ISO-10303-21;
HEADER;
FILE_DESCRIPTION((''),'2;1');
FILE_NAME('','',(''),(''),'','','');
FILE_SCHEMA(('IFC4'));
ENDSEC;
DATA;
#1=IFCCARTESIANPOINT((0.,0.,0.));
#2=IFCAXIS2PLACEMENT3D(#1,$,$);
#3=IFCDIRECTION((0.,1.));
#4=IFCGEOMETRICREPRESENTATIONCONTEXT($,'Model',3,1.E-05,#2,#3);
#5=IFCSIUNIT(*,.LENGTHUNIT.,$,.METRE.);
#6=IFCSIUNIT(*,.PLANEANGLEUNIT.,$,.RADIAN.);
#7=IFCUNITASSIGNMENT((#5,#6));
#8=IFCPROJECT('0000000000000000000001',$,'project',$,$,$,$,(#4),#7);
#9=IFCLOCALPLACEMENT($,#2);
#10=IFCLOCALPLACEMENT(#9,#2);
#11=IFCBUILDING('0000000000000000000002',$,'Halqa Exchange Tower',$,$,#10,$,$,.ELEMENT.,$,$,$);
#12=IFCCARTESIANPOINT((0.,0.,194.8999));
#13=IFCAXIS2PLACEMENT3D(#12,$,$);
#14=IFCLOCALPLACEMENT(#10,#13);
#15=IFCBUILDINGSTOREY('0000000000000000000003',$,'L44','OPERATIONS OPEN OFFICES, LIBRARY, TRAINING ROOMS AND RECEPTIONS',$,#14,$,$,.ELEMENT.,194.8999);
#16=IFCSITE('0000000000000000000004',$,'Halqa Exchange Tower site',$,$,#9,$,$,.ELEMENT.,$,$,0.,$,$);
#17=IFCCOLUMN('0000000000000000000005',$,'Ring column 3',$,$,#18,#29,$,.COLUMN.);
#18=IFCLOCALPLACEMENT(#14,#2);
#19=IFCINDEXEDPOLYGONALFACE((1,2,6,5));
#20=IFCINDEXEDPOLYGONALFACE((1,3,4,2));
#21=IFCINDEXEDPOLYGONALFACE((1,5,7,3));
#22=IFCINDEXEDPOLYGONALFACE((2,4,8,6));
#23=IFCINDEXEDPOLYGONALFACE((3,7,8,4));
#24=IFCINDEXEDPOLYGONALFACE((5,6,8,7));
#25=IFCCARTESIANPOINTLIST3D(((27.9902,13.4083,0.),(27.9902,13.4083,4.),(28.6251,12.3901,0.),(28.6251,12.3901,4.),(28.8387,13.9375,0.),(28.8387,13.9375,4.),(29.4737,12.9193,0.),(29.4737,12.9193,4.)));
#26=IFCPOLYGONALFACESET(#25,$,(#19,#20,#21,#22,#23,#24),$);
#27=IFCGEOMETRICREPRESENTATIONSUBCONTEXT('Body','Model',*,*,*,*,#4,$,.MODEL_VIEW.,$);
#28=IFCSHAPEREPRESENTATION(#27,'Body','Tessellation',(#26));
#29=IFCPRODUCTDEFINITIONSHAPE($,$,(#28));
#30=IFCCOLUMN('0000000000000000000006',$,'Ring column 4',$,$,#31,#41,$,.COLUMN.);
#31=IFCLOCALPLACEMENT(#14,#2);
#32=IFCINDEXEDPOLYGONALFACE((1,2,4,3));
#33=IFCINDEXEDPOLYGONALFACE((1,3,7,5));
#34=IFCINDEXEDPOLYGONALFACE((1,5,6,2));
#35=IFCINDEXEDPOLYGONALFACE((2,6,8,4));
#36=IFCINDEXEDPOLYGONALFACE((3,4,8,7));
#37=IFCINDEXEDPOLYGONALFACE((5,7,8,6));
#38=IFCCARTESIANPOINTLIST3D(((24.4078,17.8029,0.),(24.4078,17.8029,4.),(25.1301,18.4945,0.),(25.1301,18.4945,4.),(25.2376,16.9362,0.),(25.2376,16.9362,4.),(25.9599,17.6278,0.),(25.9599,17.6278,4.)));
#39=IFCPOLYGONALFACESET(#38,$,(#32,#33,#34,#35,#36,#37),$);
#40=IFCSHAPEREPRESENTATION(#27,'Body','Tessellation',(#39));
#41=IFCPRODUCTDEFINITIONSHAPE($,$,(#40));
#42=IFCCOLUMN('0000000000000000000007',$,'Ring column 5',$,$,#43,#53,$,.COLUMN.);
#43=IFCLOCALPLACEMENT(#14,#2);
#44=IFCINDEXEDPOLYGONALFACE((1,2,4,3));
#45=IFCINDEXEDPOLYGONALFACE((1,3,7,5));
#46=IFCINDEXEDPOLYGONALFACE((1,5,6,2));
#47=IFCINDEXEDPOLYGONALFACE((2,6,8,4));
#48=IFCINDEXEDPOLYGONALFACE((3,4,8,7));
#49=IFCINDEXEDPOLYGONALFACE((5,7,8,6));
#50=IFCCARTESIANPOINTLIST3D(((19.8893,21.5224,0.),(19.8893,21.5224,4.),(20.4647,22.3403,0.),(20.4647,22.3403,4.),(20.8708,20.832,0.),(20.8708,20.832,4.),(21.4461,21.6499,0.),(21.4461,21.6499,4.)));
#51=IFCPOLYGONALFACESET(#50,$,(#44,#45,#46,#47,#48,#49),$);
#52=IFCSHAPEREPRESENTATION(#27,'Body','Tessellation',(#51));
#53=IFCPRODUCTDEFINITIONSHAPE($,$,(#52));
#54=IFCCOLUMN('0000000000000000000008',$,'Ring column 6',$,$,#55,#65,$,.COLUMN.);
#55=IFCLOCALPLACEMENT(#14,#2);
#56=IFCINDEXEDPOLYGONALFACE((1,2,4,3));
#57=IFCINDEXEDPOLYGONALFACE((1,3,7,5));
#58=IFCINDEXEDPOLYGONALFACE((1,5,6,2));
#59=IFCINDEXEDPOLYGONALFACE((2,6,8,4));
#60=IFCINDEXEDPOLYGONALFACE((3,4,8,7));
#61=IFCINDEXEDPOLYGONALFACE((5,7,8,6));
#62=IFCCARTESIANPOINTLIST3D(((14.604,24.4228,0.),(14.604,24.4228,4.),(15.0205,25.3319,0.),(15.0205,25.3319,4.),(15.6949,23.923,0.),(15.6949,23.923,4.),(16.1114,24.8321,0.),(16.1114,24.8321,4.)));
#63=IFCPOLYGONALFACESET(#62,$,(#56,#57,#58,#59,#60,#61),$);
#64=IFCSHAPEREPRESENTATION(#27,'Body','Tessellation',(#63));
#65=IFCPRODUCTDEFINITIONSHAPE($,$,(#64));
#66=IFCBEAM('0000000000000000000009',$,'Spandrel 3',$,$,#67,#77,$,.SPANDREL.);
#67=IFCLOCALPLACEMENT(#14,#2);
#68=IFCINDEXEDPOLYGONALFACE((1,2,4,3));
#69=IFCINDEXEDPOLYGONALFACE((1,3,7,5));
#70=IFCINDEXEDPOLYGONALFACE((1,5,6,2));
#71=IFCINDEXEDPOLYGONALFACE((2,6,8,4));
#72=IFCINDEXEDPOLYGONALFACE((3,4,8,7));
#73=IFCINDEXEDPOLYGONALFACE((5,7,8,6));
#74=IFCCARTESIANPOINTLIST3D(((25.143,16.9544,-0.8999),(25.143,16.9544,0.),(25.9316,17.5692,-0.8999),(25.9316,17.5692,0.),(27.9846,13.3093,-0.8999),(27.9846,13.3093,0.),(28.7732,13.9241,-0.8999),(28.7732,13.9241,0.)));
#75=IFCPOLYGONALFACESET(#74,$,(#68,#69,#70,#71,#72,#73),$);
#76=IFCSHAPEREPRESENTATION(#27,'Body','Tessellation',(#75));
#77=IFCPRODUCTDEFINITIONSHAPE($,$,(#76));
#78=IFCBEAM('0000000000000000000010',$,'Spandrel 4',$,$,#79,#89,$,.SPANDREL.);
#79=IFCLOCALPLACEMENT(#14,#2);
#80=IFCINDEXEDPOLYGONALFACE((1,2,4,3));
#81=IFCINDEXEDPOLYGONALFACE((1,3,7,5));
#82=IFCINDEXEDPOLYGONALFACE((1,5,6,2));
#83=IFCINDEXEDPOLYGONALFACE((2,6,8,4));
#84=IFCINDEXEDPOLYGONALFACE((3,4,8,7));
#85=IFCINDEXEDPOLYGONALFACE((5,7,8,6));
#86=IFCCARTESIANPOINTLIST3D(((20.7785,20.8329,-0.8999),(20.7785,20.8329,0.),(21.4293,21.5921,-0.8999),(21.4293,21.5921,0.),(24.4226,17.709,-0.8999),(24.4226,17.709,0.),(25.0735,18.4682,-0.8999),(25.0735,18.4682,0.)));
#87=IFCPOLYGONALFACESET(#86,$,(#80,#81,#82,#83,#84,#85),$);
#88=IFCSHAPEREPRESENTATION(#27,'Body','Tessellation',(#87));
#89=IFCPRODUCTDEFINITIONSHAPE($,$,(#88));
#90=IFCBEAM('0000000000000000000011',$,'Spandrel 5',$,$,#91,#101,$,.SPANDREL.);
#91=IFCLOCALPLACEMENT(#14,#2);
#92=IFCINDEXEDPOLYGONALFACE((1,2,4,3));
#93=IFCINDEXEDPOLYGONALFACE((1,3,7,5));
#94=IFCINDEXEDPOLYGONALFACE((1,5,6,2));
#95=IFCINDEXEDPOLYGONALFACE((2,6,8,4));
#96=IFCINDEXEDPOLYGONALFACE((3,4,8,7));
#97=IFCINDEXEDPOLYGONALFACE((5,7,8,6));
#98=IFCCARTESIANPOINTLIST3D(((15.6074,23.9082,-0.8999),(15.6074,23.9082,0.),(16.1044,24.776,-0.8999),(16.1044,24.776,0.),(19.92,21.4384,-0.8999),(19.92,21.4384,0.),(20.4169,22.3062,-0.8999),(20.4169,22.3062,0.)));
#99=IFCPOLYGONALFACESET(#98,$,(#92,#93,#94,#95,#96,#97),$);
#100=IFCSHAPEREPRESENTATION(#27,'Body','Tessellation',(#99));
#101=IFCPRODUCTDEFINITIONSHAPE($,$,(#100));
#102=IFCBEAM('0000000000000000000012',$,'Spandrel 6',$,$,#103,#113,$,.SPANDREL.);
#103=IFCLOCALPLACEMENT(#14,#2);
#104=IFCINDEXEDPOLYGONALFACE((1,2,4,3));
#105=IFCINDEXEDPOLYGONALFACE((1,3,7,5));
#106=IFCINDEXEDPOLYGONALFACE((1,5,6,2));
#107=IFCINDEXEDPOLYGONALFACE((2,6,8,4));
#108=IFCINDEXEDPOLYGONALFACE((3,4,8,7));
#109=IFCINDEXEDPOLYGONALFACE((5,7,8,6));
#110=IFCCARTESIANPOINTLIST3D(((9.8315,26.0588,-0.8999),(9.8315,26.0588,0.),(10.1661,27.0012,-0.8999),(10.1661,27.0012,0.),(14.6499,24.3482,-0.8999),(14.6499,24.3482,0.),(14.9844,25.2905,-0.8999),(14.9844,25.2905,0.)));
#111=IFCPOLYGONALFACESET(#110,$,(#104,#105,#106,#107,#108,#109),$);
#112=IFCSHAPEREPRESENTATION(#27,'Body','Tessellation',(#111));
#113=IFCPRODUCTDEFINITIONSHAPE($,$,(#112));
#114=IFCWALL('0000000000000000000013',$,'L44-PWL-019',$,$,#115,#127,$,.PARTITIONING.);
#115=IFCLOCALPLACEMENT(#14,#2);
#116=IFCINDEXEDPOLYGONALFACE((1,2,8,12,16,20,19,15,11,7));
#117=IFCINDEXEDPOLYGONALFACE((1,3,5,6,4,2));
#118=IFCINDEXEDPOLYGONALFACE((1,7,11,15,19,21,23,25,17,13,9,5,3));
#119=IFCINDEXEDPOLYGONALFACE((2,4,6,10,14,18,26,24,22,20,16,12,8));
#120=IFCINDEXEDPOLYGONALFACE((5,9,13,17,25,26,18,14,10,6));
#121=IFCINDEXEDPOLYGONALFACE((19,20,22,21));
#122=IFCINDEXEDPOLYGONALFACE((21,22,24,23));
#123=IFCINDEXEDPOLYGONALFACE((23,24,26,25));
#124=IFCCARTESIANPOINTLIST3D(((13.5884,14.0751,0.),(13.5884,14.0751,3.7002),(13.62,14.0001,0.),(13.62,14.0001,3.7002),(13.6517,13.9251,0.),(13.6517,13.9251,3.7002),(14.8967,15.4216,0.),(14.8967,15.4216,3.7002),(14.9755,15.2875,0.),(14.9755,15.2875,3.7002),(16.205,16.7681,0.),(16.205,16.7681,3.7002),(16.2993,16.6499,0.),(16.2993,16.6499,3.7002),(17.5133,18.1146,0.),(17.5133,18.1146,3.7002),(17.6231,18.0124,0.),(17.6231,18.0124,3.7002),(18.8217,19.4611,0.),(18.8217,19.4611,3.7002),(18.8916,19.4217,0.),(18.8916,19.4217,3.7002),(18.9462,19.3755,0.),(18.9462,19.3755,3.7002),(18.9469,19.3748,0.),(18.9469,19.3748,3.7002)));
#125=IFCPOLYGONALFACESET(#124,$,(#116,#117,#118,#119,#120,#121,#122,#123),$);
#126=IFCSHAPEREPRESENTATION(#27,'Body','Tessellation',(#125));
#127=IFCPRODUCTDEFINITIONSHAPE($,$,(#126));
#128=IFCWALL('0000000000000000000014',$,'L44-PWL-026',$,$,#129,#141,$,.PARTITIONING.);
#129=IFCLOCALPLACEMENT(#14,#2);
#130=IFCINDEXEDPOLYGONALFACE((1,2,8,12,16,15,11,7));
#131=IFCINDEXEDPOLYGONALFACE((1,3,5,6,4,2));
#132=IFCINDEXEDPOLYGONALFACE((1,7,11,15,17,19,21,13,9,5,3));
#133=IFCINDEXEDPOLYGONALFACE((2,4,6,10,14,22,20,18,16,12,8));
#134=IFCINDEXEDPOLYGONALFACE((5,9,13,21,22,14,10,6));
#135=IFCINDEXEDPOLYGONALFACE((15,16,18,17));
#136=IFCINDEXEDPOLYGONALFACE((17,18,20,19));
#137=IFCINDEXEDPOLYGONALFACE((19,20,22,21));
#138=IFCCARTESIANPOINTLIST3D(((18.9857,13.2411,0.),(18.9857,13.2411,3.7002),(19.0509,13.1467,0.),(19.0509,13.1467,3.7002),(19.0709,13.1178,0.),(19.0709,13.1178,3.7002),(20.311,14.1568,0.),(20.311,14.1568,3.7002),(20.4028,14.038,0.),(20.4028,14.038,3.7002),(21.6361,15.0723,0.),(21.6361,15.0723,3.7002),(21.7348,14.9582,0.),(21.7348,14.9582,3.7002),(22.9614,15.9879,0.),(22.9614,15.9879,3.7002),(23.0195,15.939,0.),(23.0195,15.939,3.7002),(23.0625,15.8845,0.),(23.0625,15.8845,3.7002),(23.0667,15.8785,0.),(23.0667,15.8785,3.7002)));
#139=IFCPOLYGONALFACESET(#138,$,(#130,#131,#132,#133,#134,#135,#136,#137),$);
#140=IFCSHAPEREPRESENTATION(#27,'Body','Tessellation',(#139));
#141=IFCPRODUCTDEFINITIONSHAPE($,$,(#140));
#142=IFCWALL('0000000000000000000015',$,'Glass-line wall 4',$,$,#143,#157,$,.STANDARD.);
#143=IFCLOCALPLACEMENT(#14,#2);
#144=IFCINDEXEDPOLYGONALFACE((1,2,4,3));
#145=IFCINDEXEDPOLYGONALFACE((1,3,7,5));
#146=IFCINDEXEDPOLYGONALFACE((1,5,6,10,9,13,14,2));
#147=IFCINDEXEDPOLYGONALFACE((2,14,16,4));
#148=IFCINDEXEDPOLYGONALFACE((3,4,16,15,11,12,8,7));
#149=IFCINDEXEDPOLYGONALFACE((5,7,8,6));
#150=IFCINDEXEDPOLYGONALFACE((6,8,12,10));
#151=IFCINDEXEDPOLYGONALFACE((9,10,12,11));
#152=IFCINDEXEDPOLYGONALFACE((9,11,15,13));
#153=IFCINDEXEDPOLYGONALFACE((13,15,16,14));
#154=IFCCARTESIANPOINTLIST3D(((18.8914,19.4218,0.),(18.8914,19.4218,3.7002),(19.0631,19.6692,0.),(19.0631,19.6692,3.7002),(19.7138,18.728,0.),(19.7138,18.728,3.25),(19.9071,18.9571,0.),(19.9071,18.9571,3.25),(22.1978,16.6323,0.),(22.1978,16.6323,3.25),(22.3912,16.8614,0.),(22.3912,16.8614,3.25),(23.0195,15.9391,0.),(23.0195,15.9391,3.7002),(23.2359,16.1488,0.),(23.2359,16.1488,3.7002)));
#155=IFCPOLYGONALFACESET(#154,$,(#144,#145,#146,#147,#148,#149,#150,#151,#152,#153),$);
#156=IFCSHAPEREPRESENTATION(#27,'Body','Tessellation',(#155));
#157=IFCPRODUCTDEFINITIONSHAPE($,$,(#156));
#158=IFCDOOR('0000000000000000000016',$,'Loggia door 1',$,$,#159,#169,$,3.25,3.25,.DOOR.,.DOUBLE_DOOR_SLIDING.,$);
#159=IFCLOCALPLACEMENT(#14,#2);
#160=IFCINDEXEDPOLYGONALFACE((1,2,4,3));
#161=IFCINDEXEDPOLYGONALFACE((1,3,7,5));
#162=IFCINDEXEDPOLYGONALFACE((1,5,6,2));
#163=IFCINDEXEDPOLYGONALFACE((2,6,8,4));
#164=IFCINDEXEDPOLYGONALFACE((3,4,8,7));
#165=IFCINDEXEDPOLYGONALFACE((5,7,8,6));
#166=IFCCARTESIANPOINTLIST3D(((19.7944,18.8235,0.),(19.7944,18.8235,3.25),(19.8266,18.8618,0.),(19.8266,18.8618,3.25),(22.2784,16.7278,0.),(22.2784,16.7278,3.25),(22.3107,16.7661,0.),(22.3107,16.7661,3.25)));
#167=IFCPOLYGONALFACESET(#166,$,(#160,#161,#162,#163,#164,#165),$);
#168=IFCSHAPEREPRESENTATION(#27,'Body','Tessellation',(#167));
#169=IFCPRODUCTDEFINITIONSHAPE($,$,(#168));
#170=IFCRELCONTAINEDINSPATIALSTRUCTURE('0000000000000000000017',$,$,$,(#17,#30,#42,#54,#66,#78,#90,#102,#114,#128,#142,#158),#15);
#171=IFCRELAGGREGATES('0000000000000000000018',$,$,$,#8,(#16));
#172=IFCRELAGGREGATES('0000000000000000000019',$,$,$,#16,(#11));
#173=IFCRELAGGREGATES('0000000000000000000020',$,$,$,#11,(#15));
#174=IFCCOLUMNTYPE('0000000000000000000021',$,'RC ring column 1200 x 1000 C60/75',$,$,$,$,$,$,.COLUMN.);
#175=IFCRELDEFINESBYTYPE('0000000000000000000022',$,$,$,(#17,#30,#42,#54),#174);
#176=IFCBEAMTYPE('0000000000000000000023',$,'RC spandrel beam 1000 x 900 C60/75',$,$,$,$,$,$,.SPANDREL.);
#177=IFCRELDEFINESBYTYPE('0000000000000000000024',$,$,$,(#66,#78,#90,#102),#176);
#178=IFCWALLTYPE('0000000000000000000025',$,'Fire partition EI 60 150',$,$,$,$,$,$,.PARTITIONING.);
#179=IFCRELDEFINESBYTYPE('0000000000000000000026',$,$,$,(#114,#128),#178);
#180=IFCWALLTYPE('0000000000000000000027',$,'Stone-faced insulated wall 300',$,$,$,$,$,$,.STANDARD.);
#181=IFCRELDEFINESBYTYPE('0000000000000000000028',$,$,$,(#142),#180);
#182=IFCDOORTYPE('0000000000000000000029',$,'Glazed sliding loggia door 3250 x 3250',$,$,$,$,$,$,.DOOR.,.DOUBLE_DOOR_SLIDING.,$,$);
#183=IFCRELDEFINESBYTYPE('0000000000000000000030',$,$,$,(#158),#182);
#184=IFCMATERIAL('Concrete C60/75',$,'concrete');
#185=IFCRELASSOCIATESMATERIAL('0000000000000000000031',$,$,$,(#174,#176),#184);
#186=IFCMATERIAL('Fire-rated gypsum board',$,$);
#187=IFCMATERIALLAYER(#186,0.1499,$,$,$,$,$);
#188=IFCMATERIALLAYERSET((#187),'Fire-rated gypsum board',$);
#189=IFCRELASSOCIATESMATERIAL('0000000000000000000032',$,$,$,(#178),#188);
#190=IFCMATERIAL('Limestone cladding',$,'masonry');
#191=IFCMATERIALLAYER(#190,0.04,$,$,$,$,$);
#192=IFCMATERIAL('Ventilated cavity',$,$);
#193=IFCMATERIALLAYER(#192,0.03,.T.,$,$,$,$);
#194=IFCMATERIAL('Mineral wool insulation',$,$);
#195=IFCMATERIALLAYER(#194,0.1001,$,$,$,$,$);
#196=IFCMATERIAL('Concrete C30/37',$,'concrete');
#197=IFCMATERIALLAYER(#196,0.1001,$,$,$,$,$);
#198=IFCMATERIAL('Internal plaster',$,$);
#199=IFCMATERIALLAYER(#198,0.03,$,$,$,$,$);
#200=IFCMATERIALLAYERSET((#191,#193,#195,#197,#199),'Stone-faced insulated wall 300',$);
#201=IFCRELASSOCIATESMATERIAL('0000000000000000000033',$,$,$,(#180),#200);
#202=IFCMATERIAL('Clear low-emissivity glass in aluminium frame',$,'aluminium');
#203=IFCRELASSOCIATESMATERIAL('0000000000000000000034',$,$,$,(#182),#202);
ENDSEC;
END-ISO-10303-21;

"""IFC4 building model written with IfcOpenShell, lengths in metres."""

from ifc_helpers import new_model, si_unit, direction, frame, frame_2d, origin, origin_2d, place, context, subcontext, project, spatial, polyline, rectangle, outline, extrude, material, layer, layer_set, material_profile, profile_set, type_object, element, fill, save


model = new_model("IFC4")

# Units and contexts
model_context = context("Model", 3, precision=1e-05, world=origin(), true_north=direction((0.0, 1.0)))
body_context = subcontext(model_context, "Body", "Model", "MODEL_VIEW")
ifc_project = project(units=[si_unit("LENGTHUNIT", "METRE"), si_unit("PLANEANGLEUNIT", "RADIAN")], contexts=[model_context])

# Site, building, storey
site_placement = place(None, origin())
site = spatial("IfcSite", under=ifc_project, at=site_placement, Name="Halqa Exchange Tower site", CompositionType="ELEMENT", RefElevation=0.0)
building_placement = place(site_placement, origin())
building = spatial("IfcBuilding", under=site, at=building_placement, Name="Halqa Exchange Tower", CompositionType="ELEMENT")
storey_placement = place(building_placement, frame((0.0, 0.0, 194.8999)))
storey = spatial("IfcBuildingStorey", under=building, at=storey_placement, Name="L44", Description="OPERATIONS OPEN OFFICES, LIBRARY, TRAINING ROOMS AND RECEPTIONS", CompositionType="ELEMENT", Elevation=194.8999)

# Columns
ifc_material_1 = material(Name="Concrete C60/75", Category="concrete")
ifc_material_profile_1 = material_profile(ifc_material_1, rectangle(XDim=1.2, YDim=1.0, at=origin_2d()), Name="1200 x 1000")
ifc_profile_set_1 = profile_set([ifc_material_profile_1], Name="Concrete C60/75")
column_type = type_object("IfcColumnType", Name="RC ring column 1200 x 1000 C60/75", PredefinedType="COLUMN", material=ifc_profile_set_1)
for number, where, z_axis, x_axis, name in (
    (1, (28.7319, 13.1638, 0.0), (0.0, 0.0, 1.0), (-0.529145, 0.848531, 0.0), "Ring column 3"),
    (2, (25.1838, 17.7153, 0.0), (0.0, 0.0, 1.0), (-0.691576, 0.722304, 0.0), "Ring column 4"),
    (3, (20.6677, 21.5862, 0.0), (0.0, 0.0, 1.0), (-0.817906, 0.575352, 0.0), "Ring column 5"),
    (4, (15.3577, 24.6274, 0.0), (0.0, 0.0, 1.0), (-0.909126, 0.416522, 0.0), "Ring column 6"),
):
    element("IfcColumn", number, at=place(storey_placement, frame(where, z_axis=z_axis, x_axis=x_axis)), inside=storey, type_object=column_type, Name=name, PredefinedType="COLUMN", context=body_context, shape_type="SweptSolid", body=[
        extrude(rectangle(XDim=1.2, YDim=1.0, at=origin_2d()), origin(), (0.0, 0.0, 1.0), 4.0),
    ])

# Beams
ifc_material_profile_2 = material_profile(ifc_material_1, rectangle(XDim=1.0, YDim=0.8999, at=origin_2d()), Name="1000 x 900")
ifc_profile_set_2 = profile_set([ifc_material_profile_2], Name="Concrete C60/75")
beam_type = type_object("IfcBeamType", Name="RC spandrel beam 1000 x 900 C60/75", PredefinedType="SPANDREL", material=ifc_profile_set_2)
beam_1_placement = place(storey_placement, frame((28.3789, 13.6167, -0.45), z_axis=(-0.614822, 0.788666, 0.0), x_axis=(-0.788666, -0.614822, 0.0)))
element("IfcBeam", 5, at=beam_1_placement, inside=storey, type_object=beam_type, Name="Spandrel 3", PredefinedType="SPANDREL", context=body_context, shape_type="SweptSolid", body=[
    extrude(rectangle(XDim=1.0, YDim=0.8999, at=origin_2d()), origin(), (0.0, 0.0, 1.0), 4.6218),
])
beam_2_placement = place(storey_placement, frame((24.748, 18.0886, -0.45), z_axis=(-0.759224, 0.650829, 0.0), x_axis=(-0.650829, -0.759224, 0.0)))
element("IfcBeam", 6, at=beam_2_placement, inside=storey, type_object=beam_type, Name="Spandrel 4", PredefinedType="SPANDREL", context=body_context, shape_type="SweptSolid", body=[
    extrude(rectangle(XDim=1.0, YDim=0.8999, at=origin_2d()), origin(), (0.0, 0.0, 1.0), 4.7998),
])
beam_3_placement = place(storey_placement, frame((20.1685, 21.8723, -0.45), z_axis=(-0.867771, 0.496964, 0.0), x_axis=(-0.496964, -0.867771, 0.0)))
element("IfcBeam", 7, at=beam_3_placement, inside=storey, type_object=beam_type, Name="Spandrel 5", PredefinedType="SPANDREL", context=body_context, shape_type="SweptSolid", body=[
    extrude(rectangle(XDim=1.0, YDim=0.8999, at=origin_2d()), origin(), (0.0, 0.0, 1.0), 4.9697),
])
beam_4_placement = place(storey_placement, frame((14.8171, 24.8193, -0.45), z_axis=(-0.942369, 0.334575, 0.0), x_axis=(-0.334575, -0.942369, 0.0)))
element("IfcBeam", 8, at=beam_4_placement, inside=storey, type_object=beam_type, Name="Spandrel 6", PredefinedType="SPANDREL", context=body_context, shape_type="SweptSolid", body=[
    extrude(rectangle(XDim=1.0, YDim=0.8999, at=origin_2d()), origin(), (0.0, 0.0, 1.0), 5.113),
])

# Walls
ifc_material_2 = material(Name="Fire-rated gypsum board")
ifc_layer_1 = layer(ifc_material_2, 0.1499)
ifc_layer_set_1 = layer_set([ifc_layer_1], Name="Fire-rated gypsum board")
wall_type_1 = type_object("IfcWallType", Name="Fire partition EI 60 150", PredefinedType="PARTITIONING", material=ifc_layer_set_1)
wall_1_placement = place(storey_placement, frame((13.5979, 13.9773, 0.0), z_axis=(0.0, 0.0, 1.0), x_axis=(0.696865, 0.717203, 0.0)))
element("IfcWall", 9, at=wall_1_placement, inside=storey, type_object=wall_type_1, Name="L44-PWL-019", PredefinedType="PARTITIONING", context=body_context, shape_type="SweptSolid", body=[
    extrude(outline(polyline([(7.5986, -0.075), (7.5986, -0.074), (7.5938, -0.0027), (7.5732, 0.075), (5.6958, 0.075), (3.8184, 0.075), (1.9409, 0.075), (0.0635, 0.075), (0.0317, 0.0), (0.0, -0.075), (1.8997, -0.075), (3.7993, -0.075), (5.699, -0.075), (7.5986, -0.075)])), origin(), (0.0, 0.0, 1.0), 3.7002),
])
wall_2_placement = place(storey_placement, frame((19.0283, 13.1794, 0.0), z_axis=(0.0, 0.0, 1.0), x_axis=(0.822733, 0.568428, 0.0)))
element("IfcWall", 10, at=wall_2_placement, inside=storey, type_object=wall_type_1, Name="L44-PWL-026", PredefinedType="PARTITIONING", context=body_context, shape_type="SweptSolid", body=[
    extrude(outline(polyline([(4.8567, -0.075), (4.8567, -0.0676), (4.8523, 0.0017), (4.8323, 0.075), (3.2214, 0.075), (1.6108, 0.075), (0.0, 0.075), (0.0, -0.0398), (0.0, -0.075), (1.6189, -0.075), (3.2378, -0.075), (4.8567, -0.075)])), origin(), (0.0, 0.0, 1.0), 3.7002),
])

# Wall, opening, door
ifc_material_3 = material(Name="Limestone cladding", Category="masonry")
ifc_layer_2 = layer(ifc_material_3, 0.04)
ifc_material_4 = material(Name="Ventilated cavity")
ifc_layer_3 = layer(ifc_material_4, 0.03, ventilated=True)
ifc_material_5 = material(Name="Mineral wool insulation")
ifc_layer_4 = layer(ifc_material_5, 0.1001)
ifc_material_6 = material(Name="Concrete C30/37", Category="concrete")
ifc_layer_5 = layer(ifc_material_6, 0.1001)
ifc_material_7 = material(Name="Internal plaster")
ifc_layer_6 = layer(ifc_material_7, 0.03)
ifc_layer_set_2 = layer_set([ifc_layer_2, ifc_layer_3, ifc_layer_4, ifc_layer_5, ifc_layer_6], Name="Stone-faced insulated wall 300")
wall_type_2 = type_object("IfcWallType", Name="Stone-faced insulated wall 300", PredefinedType="STANDARD", material=ifc_layer_set_2)
wall_3_placement = place(storey_placement, frame((23.1277, 16.0439, 0.0), z_axis=(0.0, 0.0, 1.0), x_axis=(-0.76433, 0.644825, 0.0)))
wall_3 = element("IfcWall", 11, at=wall_3_placement, inside=storey, type_object=wall_type_2, Name="Glass-line wall 4", PredefinedType="STANDARD", context=body_context, shape_type="SweptSolid", body=[
    extrude(outline(polyline([(-0.0151, -0.1499), (5.4443, -0.1499), (5.416, 0.1499), (0.0151, 0.1499), (-0.0151, -0.1499)])), origin(), (0.0, 0.0, 1.0), 3.7002),
])
opening_1_placement = place(wall_3_placement, frame((1.0901, 0.0, 0.0)))
opening_1 = element("IfcOpeningElement", 12, at=opening_1_placement, cuts=wall_3, PredefinedType="OPENING", context=body_context, shape_type="SweptSolid", body=[
    extrude(rectangle(XDim=3.25, YDim=3.25, at=frame_2d((1.625, 1.625))), frame((0.0, 0.1621, 0.0), z_axis=(0.0, -1.0, 0.0), x_axis=(1.0, 0.0, 0.0)), (0.0, 0.0, 1.0), 0.324),
])
ifc_material_8 = material(Name="Clear low-emissivity glass in aluminium frame", Category="aluminium")
door_type = type_object("IfcDoorType", Name="Glazed sliding loggia door 3250 x 3250", OperationType="DOUBLE_DOOR_SLIDING", PredefinedType="DOOR", material=ifc_material_8)
door_placement = place(opening_1_placement, origin())
door = element("IfcDoor", 13, at=door_placement, inside=storey, type_object=door_type, Name="Loggia door 1", OperationType="DOUBLE_DOOR_SLIDING", OverallHeight=3.25, OverallWidth=3.25, PredefinedType="DOOR", context=body_context, shape_type="SweptSolid", body=[
    extrude(rectangle(XDim=3.25, YDim=3.25, at=frame_2d((1.625, 1.625))), frame((0.0, 0.0249, 0.0), z_axis=(0.0, -1.0, 0.0), x_axis=(1.0, 0.0, 0.0)), (0.0, 0.0, 1.0), 0.05),
])
fill(opening_1, door)

save(model, "model.ifc")
